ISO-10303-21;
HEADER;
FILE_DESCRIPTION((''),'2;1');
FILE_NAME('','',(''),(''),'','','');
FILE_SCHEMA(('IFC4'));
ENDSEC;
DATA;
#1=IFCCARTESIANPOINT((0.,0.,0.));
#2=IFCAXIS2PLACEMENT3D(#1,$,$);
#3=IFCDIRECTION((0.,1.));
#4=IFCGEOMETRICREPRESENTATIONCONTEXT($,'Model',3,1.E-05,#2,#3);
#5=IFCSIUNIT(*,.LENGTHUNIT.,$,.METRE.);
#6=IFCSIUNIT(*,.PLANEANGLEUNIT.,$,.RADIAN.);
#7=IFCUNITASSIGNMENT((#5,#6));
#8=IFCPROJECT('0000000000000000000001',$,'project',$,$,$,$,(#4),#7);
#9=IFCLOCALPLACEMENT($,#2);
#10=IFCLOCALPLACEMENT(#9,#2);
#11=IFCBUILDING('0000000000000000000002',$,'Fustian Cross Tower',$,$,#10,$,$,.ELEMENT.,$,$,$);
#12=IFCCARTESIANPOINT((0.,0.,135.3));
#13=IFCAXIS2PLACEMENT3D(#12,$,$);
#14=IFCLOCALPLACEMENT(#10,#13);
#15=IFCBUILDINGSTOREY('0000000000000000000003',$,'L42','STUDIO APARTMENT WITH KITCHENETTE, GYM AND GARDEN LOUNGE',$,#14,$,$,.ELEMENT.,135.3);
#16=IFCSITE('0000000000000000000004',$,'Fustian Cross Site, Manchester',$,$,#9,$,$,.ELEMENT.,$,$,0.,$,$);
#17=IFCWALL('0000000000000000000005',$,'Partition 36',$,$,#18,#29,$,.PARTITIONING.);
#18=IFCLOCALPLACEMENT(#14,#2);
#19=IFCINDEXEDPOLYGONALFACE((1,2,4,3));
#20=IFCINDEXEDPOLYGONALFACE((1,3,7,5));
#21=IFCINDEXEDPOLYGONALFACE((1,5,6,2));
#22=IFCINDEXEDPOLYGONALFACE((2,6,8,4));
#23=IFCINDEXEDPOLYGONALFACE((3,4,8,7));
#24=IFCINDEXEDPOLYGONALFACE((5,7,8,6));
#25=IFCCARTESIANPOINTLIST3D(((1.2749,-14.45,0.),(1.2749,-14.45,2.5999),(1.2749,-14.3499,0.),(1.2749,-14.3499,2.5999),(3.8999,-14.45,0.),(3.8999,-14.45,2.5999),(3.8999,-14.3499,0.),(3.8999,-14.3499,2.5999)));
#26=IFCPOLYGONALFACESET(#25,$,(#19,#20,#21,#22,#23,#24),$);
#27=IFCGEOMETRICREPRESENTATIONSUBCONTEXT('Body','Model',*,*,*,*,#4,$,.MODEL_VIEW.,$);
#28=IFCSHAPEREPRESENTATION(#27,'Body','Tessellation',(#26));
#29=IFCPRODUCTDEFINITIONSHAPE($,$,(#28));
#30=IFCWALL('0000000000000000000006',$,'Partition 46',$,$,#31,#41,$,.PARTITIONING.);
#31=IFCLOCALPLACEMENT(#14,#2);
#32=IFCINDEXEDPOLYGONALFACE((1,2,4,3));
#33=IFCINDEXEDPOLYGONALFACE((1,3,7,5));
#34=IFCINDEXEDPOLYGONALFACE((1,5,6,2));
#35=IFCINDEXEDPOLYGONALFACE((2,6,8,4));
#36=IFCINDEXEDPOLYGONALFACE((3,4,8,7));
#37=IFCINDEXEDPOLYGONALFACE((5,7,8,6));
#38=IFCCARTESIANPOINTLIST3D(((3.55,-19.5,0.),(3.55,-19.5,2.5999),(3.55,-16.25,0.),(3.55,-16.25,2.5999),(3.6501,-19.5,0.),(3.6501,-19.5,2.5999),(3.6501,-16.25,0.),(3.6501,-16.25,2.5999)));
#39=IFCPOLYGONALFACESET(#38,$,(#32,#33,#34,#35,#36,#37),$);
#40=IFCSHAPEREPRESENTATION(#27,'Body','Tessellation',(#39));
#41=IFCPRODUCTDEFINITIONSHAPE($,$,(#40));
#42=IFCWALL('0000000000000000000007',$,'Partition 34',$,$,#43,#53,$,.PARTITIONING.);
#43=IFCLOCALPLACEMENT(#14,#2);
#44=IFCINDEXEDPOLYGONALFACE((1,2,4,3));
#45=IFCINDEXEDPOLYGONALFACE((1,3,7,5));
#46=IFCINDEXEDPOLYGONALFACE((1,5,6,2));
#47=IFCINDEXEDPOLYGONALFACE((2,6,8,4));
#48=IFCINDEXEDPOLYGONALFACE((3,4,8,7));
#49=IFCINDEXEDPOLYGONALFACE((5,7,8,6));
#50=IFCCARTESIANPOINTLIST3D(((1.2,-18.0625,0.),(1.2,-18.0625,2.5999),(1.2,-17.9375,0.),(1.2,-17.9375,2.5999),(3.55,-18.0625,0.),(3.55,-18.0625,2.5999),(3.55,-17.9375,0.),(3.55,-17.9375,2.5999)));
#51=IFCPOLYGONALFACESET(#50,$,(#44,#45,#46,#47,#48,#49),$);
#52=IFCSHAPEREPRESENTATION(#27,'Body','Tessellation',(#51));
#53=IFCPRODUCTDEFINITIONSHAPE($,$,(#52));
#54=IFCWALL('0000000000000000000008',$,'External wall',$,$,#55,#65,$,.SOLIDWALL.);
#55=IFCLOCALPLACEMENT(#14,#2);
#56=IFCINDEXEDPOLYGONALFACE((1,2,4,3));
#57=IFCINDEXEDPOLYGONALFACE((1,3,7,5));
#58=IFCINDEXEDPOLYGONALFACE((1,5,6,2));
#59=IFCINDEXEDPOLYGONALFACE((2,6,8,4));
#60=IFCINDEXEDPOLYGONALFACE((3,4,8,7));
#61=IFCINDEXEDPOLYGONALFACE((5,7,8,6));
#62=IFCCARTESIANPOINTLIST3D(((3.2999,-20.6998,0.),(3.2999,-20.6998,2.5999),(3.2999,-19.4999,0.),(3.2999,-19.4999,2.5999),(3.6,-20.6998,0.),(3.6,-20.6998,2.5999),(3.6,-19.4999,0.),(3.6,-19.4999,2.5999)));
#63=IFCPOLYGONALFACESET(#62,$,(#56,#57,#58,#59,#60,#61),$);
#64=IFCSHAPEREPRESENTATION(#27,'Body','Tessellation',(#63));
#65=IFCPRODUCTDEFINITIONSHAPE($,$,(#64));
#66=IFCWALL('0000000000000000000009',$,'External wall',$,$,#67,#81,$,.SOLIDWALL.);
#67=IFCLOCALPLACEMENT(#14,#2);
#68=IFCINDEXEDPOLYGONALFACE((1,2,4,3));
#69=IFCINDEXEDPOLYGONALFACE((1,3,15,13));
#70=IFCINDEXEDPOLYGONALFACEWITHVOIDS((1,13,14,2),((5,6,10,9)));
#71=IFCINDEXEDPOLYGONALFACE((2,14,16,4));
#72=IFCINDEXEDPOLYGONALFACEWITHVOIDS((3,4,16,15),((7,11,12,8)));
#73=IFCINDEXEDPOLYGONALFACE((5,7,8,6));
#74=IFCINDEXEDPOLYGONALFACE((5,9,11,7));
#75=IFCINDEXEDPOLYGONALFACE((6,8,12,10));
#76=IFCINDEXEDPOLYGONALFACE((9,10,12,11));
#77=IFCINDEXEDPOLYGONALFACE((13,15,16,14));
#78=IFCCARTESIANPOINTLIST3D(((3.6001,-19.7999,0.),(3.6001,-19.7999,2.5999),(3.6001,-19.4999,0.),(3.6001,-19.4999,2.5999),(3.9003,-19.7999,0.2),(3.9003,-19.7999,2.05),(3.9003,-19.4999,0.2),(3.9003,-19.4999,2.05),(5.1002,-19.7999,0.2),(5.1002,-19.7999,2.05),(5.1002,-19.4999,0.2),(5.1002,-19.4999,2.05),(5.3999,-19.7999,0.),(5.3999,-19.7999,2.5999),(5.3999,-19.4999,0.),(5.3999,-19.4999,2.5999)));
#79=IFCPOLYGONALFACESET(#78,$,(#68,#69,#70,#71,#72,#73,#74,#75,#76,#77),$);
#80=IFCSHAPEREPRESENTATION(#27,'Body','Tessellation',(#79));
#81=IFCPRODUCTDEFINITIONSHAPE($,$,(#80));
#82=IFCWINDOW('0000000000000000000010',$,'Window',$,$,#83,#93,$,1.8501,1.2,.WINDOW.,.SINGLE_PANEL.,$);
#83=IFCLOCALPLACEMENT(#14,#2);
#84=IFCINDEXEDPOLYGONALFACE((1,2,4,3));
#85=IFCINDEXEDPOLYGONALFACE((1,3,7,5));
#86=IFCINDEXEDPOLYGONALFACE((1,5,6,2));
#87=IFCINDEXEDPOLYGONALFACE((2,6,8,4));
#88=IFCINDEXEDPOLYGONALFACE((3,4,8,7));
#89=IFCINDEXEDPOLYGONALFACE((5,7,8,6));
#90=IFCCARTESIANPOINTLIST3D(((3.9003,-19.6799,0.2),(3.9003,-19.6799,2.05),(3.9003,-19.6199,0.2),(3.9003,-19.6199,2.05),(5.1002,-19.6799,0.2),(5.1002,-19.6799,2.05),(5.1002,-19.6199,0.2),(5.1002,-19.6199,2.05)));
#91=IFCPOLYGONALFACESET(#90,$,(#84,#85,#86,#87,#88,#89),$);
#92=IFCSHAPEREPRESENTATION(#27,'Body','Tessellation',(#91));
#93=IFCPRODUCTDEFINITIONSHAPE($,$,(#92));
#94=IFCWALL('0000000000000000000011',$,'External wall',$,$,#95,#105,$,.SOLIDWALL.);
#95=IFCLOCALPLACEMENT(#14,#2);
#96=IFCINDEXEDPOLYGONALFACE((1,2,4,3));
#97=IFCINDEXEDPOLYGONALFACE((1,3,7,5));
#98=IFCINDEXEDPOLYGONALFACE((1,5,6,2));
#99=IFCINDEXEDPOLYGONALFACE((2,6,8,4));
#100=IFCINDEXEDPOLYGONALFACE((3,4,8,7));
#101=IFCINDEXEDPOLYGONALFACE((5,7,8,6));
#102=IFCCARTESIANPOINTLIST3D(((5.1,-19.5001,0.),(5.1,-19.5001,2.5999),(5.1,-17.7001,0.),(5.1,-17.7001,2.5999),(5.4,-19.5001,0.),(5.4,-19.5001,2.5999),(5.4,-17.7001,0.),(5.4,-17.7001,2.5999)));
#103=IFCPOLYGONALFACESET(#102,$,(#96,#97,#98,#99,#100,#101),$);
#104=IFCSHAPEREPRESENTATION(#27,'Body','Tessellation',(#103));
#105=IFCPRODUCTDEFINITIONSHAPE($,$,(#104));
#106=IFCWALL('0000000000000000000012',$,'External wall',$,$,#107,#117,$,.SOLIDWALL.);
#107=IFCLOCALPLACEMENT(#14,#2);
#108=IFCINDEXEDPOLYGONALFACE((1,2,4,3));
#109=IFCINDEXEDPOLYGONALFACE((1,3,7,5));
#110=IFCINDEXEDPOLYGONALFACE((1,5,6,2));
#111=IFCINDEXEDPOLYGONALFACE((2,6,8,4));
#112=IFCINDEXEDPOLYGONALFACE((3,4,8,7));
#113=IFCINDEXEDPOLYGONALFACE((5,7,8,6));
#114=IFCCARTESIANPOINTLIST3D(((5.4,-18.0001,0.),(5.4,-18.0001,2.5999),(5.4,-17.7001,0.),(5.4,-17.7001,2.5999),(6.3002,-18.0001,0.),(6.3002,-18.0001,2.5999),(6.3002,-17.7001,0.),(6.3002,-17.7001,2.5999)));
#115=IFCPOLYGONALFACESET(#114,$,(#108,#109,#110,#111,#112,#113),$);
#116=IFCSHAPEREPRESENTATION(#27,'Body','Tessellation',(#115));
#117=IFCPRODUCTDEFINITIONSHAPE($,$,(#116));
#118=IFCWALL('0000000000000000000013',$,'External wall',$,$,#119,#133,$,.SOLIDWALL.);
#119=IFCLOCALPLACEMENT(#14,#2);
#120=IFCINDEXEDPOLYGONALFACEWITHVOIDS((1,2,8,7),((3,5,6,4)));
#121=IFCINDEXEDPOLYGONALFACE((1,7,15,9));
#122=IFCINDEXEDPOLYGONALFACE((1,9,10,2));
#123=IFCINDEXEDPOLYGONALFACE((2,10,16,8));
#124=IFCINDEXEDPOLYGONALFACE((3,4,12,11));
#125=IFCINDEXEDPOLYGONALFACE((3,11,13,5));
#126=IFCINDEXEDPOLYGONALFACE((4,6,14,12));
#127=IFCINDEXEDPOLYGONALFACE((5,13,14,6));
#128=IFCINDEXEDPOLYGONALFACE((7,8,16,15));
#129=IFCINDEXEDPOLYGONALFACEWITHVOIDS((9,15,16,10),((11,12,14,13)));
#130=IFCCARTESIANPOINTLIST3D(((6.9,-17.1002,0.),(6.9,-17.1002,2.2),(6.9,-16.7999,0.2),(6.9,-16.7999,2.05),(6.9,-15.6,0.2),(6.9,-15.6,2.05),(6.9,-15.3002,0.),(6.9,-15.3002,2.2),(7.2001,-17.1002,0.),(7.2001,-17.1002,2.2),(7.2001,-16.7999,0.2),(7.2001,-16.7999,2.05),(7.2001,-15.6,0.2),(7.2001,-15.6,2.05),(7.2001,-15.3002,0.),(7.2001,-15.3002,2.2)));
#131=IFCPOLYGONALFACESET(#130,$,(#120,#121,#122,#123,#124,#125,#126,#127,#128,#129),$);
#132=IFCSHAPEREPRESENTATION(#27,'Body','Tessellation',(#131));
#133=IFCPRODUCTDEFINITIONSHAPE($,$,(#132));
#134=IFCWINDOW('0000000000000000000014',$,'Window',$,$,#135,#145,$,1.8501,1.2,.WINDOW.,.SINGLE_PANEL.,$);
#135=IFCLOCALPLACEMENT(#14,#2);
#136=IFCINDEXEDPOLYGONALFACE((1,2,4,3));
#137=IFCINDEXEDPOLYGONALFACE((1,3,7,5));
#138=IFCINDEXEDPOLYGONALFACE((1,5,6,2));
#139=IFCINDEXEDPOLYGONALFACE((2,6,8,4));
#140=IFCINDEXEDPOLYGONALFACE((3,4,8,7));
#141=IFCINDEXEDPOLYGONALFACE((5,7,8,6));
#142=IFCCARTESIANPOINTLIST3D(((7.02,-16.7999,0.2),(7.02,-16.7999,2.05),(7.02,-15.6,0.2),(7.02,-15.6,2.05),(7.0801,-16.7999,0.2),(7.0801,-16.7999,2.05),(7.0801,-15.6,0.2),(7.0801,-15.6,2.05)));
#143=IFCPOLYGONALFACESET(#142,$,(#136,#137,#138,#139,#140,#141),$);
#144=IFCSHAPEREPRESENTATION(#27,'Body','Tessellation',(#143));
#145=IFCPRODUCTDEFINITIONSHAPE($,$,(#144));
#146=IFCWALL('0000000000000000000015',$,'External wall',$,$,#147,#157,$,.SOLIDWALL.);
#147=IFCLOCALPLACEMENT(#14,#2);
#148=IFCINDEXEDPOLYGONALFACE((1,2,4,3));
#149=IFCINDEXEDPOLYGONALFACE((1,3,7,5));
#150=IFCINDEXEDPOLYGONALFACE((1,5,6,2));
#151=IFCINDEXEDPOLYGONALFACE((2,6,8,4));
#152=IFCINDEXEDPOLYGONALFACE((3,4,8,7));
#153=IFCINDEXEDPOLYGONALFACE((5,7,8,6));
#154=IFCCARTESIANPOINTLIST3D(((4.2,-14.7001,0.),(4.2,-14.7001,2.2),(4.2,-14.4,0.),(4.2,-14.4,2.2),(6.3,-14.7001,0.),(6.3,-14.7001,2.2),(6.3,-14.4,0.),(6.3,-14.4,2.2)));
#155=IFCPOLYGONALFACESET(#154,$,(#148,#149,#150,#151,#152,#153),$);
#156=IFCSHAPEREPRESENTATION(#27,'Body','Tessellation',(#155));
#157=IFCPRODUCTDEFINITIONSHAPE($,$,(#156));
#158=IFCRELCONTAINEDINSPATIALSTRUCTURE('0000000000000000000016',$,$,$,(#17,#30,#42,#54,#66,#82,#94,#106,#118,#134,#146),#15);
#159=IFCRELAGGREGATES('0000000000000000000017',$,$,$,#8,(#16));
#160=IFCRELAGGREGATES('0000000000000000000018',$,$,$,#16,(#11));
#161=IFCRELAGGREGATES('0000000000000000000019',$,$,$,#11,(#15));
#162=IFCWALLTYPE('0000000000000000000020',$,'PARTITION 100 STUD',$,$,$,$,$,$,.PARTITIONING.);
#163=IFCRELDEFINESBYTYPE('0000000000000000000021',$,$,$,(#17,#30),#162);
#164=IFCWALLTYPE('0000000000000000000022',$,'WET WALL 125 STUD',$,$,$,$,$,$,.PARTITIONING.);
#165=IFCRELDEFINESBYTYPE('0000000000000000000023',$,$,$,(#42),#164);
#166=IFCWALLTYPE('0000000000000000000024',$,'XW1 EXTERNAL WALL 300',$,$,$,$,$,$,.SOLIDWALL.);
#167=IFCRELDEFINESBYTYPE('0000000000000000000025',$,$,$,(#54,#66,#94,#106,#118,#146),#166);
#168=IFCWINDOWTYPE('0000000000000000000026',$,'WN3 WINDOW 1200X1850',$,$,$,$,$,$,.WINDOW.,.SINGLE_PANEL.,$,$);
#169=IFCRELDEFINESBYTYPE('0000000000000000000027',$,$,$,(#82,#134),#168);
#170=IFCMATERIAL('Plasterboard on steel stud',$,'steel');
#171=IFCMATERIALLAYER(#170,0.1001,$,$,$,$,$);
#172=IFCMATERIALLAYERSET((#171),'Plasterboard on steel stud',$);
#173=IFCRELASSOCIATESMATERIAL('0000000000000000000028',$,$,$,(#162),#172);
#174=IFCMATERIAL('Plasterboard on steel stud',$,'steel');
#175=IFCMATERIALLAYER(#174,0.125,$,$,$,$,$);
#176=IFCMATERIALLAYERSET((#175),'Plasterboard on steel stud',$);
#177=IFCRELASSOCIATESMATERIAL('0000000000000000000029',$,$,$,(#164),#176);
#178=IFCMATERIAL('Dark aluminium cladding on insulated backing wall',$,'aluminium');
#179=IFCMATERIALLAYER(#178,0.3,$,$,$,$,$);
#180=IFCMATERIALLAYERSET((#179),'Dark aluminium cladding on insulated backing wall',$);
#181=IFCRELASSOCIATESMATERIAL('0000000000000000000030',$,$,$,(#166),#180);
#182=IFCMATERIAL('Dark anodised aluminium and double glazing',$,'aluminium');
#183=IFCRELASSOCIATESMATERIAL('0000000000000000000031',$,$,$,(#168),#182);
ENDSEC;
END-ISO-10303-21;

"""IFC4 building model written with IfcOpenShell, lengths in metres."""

from ifc_helpers import new_model, si_unit, direction, frame, frame_2d, origin, place, context, subcontext, project, spatial, rectangle, extrude, material, layer, layer_set, type_object, element, fill, save


model = new_model("IFC4")

# Units and contexts
model_context = context("Model", 3, precision=1e-05, world=origin(), true_north=direction((0.0, 1.0)))
body_context = subcontext(model_context, "Body", "Model", "MODEL_VIEW")
ifc_project = project(units=[si_unit("LENGTHUNIT", "METRE"), si_unit("PLANEANGLEUNIT", "RADIAN")], contexts=[model_context])

# Site, building, storey
site_placement = place(None, origin())
site = spatial("IfcSite", under=ifc_project, at=site_placement, Name="Fustian Cross Site, Manchester", CompositionType="ELEMENT", RefElevation=0.0)
building_placement = place(site_placement, origin())
building = spatial("IfcBuilding", under=site, at=building_placement, Name="Fustian Cross Tower", CompositionType="ELEMENT")
storey_placement = place(building_placement, frame((0.0, 0.0, 135.3)))
storey = spatial("IfcBuildingStorey", under=building, at=storey_placement, Name="L42", Description="STUDIO APARTMENT WITH KITCHENETTE, GYM AND GARDEN LOUNGE", CompositionType="ELEMENT", Elevation=135.3)

# Shared definitions
ifc_material_1 = material(Name="Plasterboard on steel stud", Category="steel")
ifc_layer_1 = layer(ifc_material_1, 0.1001)
ifc_layer_set_1 = layer_set([ifc_layer_1], Name="Plasterboard on steel stud")
wall_type_1 = type_object("IfcWallType", Name="PARTITION 100 STUD", PredefinedType="PARTITIONING", material=ifc_layer_set_1)

# Walls
wall_1_placement = place(storey_placement, frame((1.2749, -14.3999, 0.0), z_axis=(0.0, 0.0, 1.0), x_axis=(1.0, 0.0, 0.0)))
element("IfcWall", 1, at=wall_1_placement, inside=storey, type_object=wall_type_1, Name="Partition 36", PredefinedType="PARTITIONING", context=body_context, shape_type="SweptSolid", body=[
    extrude(rectangle(XDim=2.625, YDim=0.1001, at=frame_2d((1.3125, 0.0))), origin(), (0.0, 0.0, 1.0), 2.5999),
])
wall_2_placement = place(storey_placement, frame((3.6001, -19.5, 0.0), z_axis=(0.0, 0.0, 1.0), x_axis=(0.0, 1.0, 0.0)))
element("IfcWall", 2, at=wall_2_placement, inside=storey, type_object=wall_type_1, Name="Partition 46", PredefinedType="PARTITIONING", context=body_context, shape_type="SweptSolid", body=[
    extrude(rectangle(XDim=3.25, YDim=0.1001, at=frame_2d((1.625, 0.0))), origin(), (0.0, 0.0, 1.0), 2.5999),
])
ifc_material_2 = material(Name="Plasterboard on steel stud", Category="steel")
ifc_layer_2 = layer(ifc_material_2, 0.125)
ifc_layer_set_2 = layer_set([ifc_layer_2], Name="Plasterboard on steel stud")
wall_type_2 = type_object("IfcWallType", Name="WET WALL 125 STUD", PredefinedType="PARTITIONING", material=ifc_layer_set_2)
wall_3_placement = place(storey_placement, frame((1.2, -18.0, 0.0), z_axis=(0.0, 0.0, 1.0), x_axis=(1.0, 0.0, 0.0)))
element("IfcWall", 3, at=wall_3_placement, inside=storey, type_object=wall_type_2, Name="Partition 34", PredefinedType="PARTITIONING", context=body_context, shape_type="SweptSolid", body=[
    extrude(rectangle(XDim=2.3501, YDim=0.125, at=frame_2d((1.175, 0.0))), origin(), (0.0, 0.0, 1.0), 2.5999),
])
ifc_material_3 = material(Name="Dark aluminium cladding on insulated backing wall", Category="aluminium")
ifc_layer_3 = layer(ifc_material_3, 0.3)
ifc_layer_set_3 = layer_set([ifc_layer_3], Name="Dark aluminium cladding on insulated backing wall")
wall_type_3 = type_object("IfcWallType", Name="XW1 EXTERNAL WALL 300", PredefinedType="SOLIDWALL", material=ifc_layer_set_3)
wall_4_placement = place(storey_placement, frame((3.45, -20.7, 0.0), z_axis=(0.0, 0.0, 1.0), x_axis=(0.0, 1.0, 0.0)))
element("IfcWall", 4, at=wall_4_placement, inside=storey, type_object=wall_type_3, Name="External wall", PredefinedType="SOLIDWALL", context=body_context, shape_type="SweptSolid", body=[
    extrude(rectangle(XDim=1.2, YDim=0.3, at=frame_2d((0.6001, 0.0))), origin(), (0.0, 0.0, 1.0), 2.5999),
])

# Wall, opening, window
wall_5_placement = place(storey_placement, frame((3.6001, -19.6499, 0.0), z_axis=(0.0, 0.0, 1.0), x_axis=(1.0, 0.0, 0.0)))
wall_5 = element("IfcWall", 5, at=wall_5_placement, inside=storey, type_object=wall_type_3, Name="External wall", PredefinedType="SOLIDWALL", context=body_context, shape_type="SweptSolid", body=[
    extrude(rectangle(XDim=1.7998, YDim=0.3, at=frame_2d((0.8999, 0.0))), origin(), (0.0, 0.0, 1.0), 2.5999),
])
opening_1_placement = place(wall_5_placement, frame((0.3, 0.0, 0.2)))
opening_1 = element("IfcOpeningElement", 6, at=opening_1_placement, cuts=wall_5, PredefinedType="OPENING", context=body_context, shape_type="SweptSolid", body=[
    extrude(rectangle(XDim=1.2, YDim=1.8501, at=frame_2d((0.6001, 0.925))), frame((0.0, 0.1599, 0.0), z_axis=(0.0, -1.0, 0.0), x_axis=(1.0, 0.0, 0.0)), (0.0, 0.0, 1.0), 0.3201),
])
ifc_material_4 = material(Name="Dark anodised aluminium and double glazing", Category="aluminium")
window_type = type_object("IfcWindowType", Name="WN3 WINDOW 1200X1850", PartitioningType="SINGLE_PANEL", PredefinedType="WINDOW", material=ifc_material_4)
window_1_placement = place(opening_1_placement, origin())
window_1 = element("IfcWindow", 7, at=window_1_placement, inside=storey, type_object=window_type, Name="Window", OverallHeight=1.8501, OverallWidth=1.2, PartitioningType="SINGLE_PANEL", PredefinedType="WINDOW", context=body_context, shape_type="SweptSolid", body=[
    extrude(rectangle(XDim=1.2, YDim=1.8501, at=frame_2d((0.6001, 0.925))), frame((0.0, 0.03, 0.0), z_axis=(0.0, -1.0, 0.0), x_axis=(1.0, 0.0, 0.0)), (0.0, 0.0, 1.0), 0.0601),
])
fill(opening_1, window_1)

# Walls
wall_6_placement = place(storey_placement, frame((5.25, -19.5, 0.0), z_axis=(0.0, 0.0, 1.0), x_axis=(0.0, 1.0, 0.0)))
element("IfcWall", 8, at=wall_6_placement, inside=storey, type_object=wall_type_3, Name="External wall", PredefinedType="SOLIDWALL", context=body_context, shape_type="SweptSolid", body=[
    extrude(rectangle(XDim=1.8, YDim=0.3, at=frame_2d((0.8999, 0.0))), origin(), (0.0, 0.0, 1.0), 2.5999),
])
wall_7_placement = place(storey_placement, frame((5.3999, -17.8501, 0.0), z_axis=(0.0, 0.0, 1.0), x_axis=(1.0, 0.0, 0.0)))
element("IfcWall", 9, at=wall_7_placement, inside=storey, type_object=wall_type_3, Name="External wall", PredefinedType="SOLIDWALL", context=body_context, shape_type="SweptSolid", body=[
    extrude(rectangle(XDim=0.9001, YDim=0.3, at=frame_2d((0.4502, 0.0))), origin(), (0.0, 0.0, 1.0), 2.5999),
])

# Wall, opening, window
wall_8_placement = place(storey_placement, frame((7.05, -17.1001, 0.0), z_axis=(0.0, 0.0, 1.0), x_axis=(0.0, 1.0, 0.0)))
wall_8 = element("IfcWall", 10, at=wall_8_placement, inside=storey, type_object=wall_type_3, Name="External wall", PredefinedType="SOLIDWALL", context=body_context, shape_type="SweptSolid", body=[
    extrude(rectangle(XDim=1.8, YDim=0.3, at=frame_2d((0.8999, 0.0))), origin(), (0.0, 0.0, 1.0), 2.2),
])
opening_2_placement = place(wall_8_placement, frame((0.3, 0.0, 0.2)))
opening_2 = element("IfcOpeningElement", 11, at=opening_2_placement, cuts=wall_8, PredefinedType="OPENING", context=body_context, shape_type="SweptSolid", body=[
    extrude(rectangle(XDim=1.2, YDim=1.8501, at=frame_2d((0.6001, 0.925))), frame((0.0, 0.1599, 0.0), z_axis=(0.0, -1.0, 0.0), x_axis=(1.0, 0.0, 0.0)), (0.0, 0.0, 1.0), 0.3201),
])
window_2_placement = place(opening_2_placement, origin())
window_2 = element("IfcWindow", 12, at=window_2_placement, inside=storey, type_object=window_type, Name="Window", OverallHeight=1.8501, OverallWidth=1.2, PartitioningType="SINGLE_PANEL", PredefinedType="WINDOW", context=body_context, shape_type="SweptSolid", body=[
    extrude(rectangle(XDim=1.2, YDim=1.8501, at=frame_2d((0.6001, 0.925))), frame((0.0, 0.03, 0.0), z_axis=(0.0, -1.0, 0.0), x_axis=(1.0, 0.0, 0.0)), (0.0, 0.0, 1.0), 0.0601),
])
fill(opening_2, window_2)

# Wall
wall_9_placement = place(storey_placement, frame((6.3, -14.55, 0.0), z_axis=(0.0, 0.0, 1.0), x_axis=(-1.0, 0.0, 0.0)))
element("IfcWall", 13, at=wall_9_placement, inside=storey, type_object=wall_type_3, Name="External wall", PredefinedType="SOLIDWALL", context=body_context, shape_type="SweptSolid", body=[
    extrude(rectangle(XDim=2.1001, YDim=0.3, at=frame_2d((1.05, 0.0))), origin(), (0.0, 0.0, 1.0), 2.2),
])

save(model, "model.ifc")
